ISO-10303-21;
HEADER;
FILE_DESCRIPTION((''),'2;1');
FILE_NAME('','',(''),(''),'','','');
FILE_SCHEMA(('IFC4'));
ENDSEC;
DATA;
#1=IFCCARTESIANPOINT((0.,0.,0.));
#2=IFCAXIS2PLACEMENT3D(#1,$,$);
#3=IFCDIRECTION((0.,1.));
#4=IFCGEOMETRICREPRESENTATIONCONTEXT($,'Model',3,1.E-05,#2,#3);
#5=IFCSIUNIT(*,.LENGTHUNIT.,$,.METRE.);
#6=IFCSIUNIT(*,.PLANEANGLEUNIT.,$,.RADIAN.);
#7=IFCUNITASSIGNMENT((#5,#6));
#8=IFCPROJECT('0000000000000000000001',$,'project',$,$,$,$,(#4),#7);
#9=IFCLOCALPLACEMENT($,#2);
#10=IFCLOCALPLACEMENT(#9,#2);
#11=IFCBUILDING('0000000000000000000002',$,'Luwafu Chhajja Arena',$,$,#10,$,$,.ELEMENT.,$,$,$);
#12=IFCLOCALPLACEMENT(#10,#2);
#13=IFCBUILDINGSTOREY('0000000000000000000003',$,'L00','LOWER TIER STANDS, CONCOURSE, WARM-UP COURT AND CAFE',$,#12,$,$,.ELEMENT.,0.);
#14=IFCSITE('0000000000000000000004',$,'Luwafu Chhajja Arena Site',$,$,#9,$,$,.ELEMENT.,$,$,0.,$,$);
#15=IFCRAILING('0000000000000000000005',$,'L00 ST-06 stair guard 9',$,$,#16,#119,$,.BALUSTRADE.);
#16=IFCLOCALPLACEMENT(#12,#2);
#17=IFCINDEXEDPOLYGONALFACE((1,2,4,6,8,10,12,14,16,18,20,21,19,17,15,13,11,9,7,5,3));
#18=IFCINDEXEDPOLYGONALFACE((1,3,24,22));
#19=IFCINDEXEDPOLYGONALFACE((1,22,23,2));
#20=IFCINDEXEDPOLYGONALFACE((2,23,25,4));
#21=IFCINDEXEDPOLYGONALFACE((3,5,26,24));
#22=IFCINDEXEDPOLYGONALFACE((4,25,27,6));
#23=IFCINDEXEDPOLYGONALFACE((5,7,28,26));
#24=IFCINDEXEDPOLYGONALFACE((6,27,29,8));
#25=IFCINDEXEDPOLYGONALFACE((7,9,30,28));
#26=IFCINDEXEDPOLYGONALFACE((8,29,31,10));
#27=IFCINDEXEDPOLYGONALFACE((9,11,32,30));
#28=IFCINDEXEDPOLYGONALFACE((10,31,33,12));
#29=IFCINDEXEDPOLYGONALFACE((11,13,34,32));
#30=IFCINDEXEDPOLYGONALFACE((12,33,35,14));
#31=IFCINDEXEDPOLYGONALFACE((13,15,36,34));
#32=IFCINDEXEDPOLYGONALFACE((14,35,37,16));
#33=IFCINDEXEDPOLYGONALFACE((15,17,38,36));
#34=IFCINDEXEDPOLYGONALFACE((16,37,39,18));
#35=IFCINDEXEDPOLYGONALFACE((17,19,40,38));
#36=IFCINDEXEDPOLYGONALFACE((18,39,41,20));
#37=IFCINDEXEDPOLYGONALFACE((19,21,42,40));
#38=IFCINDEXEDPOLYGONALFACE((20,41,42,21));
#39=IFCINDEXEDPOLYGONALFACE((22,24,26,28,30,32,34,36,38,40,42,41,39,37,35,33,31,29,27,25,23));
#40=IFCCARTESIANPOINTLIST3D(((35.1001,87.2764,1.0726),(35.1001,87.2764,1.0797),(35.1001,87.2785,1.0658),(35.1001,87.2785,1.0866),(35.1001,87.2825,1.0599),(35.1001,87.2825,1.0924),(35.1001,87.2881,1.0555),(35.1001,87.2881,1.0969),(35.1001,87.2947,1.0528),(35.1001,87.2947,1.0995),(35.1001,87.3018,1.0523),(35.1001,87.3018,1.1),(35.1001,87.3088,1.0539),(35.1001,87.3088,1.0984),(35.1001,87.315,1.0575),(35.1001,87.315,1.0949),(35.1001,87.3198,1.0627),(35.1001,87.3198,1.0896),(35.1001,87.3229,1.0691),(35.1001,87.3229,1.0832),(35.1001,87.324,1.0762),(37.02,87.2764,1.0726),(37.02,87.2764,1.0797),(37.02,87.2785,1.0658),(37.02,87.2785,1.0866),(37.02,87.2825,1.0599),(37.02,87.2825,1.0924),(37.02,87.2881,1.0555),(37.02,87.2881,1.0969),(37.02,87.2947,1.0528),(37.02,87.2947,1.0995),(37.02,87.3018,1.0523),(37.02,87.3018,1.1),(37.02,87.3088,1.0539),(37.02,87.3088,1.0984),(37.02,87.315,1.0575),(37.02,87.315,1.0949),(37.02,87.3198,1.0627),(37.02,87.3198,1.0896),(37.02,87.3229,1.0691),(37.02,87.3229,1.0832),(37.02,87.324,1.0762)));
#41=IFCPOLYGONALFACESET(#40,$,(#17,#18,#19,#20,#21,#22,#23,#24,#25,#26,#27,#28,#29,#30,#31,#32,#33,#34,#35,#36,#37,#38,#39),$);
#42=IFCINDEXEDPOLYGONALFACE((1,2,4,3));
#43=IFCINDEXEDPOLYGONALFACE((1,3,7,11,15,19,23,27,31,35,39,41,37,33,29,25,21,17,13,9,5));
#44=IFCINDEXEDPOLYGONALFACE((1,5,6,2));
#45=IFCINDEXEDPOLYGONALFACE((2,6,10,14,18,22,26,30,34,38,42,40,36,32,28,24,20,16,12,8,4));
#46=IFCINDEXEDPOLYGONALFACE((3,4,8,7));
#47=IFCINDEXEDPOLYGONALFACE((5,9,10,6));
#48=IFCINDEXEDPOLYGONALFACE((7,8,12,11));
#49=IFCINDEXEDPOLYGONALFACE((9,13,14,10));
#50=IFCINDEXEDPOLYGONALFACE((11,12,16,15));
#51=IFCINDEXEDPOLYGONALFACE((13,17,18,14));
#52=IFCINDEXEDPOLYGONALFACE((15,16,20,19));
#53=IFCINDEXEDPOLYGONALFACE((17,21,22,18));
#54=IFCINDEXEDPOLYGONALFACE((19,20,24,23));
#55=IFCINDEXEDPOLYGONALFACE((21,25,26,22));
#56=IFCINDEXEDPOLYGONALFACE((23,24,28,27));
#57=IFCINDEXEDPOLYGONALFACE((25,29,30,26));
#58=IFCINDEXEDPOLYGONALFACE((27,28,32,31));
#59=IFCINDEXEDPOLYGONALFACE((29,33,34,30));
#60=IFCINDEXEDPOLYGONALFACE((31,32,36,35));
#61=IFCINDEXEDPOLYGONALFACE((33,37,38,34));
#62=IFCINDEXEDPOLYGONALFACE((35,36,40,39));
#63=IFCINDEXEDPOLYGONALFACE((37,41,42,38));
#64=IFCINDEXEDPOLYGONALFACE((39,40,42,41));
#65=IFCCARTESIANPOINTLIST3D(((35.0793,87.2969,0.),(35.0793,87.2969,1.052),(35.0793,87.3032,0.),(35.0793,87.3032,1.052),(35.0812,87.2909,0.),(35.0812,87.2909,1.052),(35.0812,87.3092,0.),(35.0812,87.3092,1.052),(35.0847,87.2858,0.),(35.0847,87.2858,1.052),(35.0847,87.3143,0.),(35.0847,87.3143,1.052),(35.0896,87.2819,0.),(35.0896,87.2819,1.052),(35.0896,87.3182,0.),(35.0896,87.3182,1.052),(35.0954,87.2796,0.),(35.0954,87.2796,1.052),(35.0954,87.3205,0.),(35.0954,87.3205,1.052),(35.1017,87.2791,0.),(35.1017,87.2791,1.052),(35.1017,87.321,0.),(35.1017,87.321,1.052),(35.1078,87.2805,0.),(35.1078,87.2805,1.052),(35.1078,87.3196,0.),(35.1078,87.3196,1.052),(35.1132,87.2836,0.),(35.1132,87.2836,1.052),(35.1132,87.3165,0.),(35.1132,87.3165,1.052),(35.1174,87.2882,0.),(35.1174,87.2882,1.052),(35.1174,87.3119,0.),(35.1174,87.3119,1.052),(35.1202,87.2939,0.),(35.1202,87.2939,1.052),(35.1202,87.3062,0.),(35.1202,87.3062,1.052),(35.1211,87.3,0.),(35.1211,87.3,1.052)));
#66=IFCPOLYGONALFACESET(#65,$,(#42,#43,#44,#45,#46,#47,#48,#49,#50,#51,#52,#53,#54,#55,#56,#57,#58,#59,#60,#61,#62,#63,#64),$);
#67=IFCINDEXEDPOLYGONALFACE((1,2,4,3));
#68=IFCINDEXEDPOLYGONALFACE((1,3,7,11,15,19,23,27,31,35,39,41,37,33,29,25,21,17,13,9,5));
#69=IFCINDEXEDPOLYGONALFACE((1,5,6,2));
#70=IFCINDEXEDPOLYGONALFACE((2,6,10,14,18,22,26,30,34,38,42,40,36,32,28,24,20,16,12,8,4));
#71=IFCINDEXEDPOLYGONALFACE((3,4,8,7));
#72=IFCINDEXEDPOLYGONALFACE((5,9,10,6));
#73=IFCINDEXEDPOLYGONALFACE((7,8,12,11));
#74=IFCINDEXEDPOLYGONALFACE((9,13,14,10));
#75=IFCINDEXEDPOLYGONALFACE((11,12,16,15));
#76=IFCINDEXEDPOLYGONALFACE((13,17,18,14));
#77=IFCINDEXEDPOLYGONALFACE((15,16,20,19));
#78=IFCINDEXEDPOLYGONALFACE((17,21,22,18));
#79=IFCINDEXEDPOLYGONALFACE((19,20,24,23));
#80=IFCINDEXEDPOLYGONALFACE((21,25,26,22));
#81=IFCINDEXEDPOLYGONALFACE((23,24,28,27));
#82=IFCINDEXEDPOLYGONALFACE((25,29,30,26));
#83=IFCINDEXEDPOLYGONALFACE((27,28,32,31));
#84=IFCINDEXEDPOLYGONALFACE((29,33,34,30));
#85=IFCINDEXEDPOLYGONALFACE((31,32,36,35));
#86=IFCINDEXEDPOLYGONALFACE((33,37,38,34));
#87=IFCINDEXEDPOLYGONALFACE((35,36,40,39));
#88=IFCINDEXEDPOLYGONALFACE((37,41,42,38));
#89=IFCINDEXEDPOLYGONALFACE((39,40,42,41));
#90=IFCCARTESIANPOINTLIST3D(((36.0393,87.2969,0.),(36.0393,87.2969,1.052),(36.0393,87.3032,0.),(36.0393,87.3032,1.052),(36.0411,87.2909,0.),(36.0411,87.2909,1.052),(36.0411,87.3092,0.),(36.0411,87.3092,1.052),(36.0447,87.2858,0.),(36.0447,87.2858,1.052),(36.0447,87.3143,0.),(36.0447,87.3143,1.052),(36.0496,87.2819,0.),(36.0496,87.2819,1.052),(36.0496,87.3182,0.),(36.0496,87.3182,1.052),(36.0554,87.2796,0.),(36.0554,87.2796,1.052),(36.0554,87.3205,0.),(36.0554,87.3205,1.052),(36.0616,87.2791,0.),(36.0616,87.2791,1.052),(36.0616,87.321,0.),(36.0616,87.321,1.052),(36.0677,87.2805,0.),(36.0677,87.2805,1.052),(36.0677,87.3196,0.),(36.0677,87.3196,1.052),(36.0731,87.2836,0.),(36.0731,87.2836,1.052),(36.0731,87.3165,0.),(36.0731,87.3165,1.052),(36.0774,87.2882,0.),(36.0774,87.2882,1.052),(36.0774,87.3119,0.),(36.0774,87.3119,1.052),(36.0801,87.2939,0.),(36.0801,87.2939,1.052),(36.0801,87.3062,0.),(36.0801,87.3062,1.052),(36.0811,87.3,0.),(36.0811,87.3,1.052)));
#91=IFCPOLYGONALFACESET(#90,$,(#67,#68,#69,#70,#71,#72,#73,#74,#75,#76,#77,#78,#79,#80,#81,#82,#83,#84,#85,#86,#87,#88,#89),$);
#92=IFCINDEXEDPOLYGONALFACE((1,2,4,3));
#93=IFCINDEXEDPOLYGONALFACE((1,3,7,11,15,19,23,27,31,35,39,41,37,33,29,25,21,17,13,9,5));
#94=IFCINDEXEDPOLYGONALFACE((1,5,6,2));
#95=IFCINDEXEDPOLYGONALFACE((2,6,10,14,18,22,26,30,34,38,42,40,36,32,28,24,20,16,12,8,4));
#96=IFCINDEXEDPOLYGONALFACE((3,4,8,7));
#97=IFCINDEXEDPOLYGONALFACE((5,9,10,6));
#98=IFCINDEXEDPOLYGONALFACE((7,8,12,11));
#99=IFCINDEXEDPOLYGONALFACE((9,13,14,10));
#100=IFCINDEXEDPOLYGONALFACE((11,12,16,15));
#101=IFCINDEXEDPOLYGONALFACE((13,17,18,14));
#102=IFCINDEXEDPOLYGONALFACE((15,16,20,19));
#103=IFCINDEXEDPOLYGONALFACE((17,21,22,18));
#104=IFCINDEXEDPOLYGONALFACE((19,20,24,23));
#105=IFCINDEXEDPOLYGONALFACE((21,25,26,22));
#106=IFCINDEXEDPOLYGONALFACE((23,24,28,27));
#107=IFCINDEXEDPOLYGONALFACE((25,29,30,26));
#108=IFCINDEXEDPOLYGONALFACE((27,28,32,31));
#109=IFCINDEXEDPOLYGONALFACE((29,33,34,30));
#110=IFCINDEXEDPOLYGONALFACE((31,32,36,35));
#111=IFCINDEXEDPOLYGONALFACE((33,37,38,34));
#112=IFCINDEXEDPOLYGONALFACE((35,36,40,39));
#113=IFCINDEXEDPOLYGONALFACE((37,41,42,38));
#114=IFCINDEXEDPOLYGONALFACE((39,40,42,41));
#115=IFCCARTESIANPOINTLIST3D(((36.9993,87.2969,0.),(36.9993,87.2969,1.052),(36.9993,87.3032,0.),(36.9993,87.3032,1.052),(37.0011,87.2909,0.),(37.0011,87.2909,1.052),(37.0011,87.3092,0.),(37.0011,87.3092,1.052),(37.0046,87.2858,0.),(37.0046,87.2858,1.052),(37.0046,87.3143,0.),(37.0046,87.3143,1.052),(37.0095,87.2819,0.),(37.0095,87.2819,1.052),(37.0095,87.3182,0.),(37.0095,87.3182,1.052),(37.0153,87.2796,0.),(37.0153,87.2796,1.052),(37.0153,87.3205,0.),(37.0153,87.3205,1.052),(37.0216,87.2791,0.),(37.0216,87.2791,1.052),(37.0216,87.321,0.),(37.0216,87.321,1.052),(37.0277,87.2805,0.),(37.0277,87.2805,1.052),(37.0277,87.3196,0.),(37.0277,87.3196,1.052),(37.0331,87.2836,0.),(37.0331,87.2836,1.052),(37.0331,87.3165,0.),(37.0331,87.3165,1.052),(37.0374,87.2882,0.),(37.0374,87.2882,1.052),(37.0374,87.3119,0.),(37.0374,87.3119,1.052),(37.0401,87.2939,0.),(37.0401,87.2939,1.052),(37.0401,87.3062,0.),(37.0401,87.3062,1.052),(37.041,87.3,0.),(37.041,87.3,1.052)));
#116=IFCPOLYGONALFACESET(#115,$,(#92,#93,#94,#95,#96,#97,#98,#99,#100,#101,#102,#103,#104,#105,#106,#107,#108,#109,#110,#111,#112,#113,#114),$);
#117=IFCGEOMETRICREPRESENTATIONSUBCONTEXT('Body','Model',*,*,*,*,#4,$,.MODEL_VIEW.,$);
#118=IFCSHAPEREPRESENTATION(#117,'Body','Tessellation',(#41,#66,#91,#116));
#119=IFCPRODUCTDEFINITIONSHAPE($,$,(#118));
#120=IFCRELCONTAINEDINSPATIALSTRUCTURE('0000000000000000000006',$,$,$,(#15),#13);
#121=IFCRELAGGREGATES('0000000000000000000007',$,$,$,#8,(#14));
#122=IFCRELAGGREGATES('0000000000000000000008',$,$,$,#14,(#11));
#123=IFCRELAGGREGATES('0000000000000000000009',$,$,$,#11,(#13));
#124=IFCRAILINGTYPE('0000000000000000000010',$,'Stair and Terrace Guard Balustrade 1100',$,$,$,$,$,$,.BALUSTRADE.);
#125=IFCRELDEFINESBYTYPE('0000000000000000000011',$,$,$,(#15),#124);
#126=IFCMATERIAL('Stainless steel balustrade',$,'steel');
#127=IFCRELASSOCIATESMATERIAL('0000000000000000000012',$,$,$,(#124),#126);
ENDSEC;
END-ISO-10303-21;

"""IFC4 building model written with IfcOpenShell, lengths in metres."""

from ifc_helpers import new_model, si_unit, direction, frame, origin, origin_2d, place, context, subcontext, project, spatial, circle, extrude, material, type_object, element, save


model = new_model("IFC4")

# Units and contexts
model_context = context("Model", 3, precision=1e-05, world=origin(), true_north=direction((0.0, 1.0)))
body_context = subcontext(model_context, "Body", "Model", "MODEL_VIEW")
ifc_project = project(units=[si_unit("LENGTHUNIT", "METRE"), si_unit("PLANEANGLEUNIT", "RADIAN")], contexts=[model_context])

# Site, building, storey
site_placement = place(None, origin())
site = spatial("IfcSite", under=ifc_project, at=site_placement, Name="Luwafu Chhajja Arena Site", CompositionType="ELEMENT", RefElevation=0.0)
building_placement = place(site_placement, origin())
building = spatial("IfcBuilding", under=site, at=building_placement, Name="Luwafu Chhajja Arena", CompositionType="ELEMENT")
storey_placement = place(building_placement, origin())
storey = spatial("IfcBuildingStorey", under=building, at=storey_placement, Name="L00", Description="LOWER TIER STANDS, CONCOURSE, WARM-UP COURT AND CAFE", CompositionType="ELEMENT", Elevation=0.0)

# Railing
ifc_material_1 = material(Name="Stainless steel balustrade", Category="steel")
railing_type_1 = type_object("IfcRailingType", Name="Stair and Terrace Guard Balustrade 1100", PredefinedType="BALUSTRADE", material=ifc_material_1)
for number, where, name in (
    (1, (35.1001, 87.3, 0.0), "L00 ST-06 stair guard 9"),
):
    element("IfcRailing", number, at=place(storey_placement, frame(where)), inside=storey, type_object=railing_type_1, Name=name, PredefinedType="BALUSTRADE", context=body_context, shape_type="SweptSolid", body=[
        extrude(circle(Radius=0.0239, at=origin_2d()), frame((0.0, 0.0, 1.0762), z_axis=(1.0, 0.0, 0.0), x_axis=(0.0, 1.0, 0.0)), (0.0, 0.0, 1.0), 1.9199),
        extrude(circle(Radius=0.021, at=origin_2d()), origin(), (0.0, 0.0, 1.0), 1.052),
        extrude(circle(Radius=0.021, at=origin_2d()), frame((0.96, 0.0, 0.0)), (0.0, 0.0, 1.0), 1.052),
        extrude(circle(Radius=0.021, at=origin_2d()), frame((1.9199, 0.0, 0.0)), (0.0, 0.0, 1.0), 1.052),
    ])

save(model, "model.ifc")
